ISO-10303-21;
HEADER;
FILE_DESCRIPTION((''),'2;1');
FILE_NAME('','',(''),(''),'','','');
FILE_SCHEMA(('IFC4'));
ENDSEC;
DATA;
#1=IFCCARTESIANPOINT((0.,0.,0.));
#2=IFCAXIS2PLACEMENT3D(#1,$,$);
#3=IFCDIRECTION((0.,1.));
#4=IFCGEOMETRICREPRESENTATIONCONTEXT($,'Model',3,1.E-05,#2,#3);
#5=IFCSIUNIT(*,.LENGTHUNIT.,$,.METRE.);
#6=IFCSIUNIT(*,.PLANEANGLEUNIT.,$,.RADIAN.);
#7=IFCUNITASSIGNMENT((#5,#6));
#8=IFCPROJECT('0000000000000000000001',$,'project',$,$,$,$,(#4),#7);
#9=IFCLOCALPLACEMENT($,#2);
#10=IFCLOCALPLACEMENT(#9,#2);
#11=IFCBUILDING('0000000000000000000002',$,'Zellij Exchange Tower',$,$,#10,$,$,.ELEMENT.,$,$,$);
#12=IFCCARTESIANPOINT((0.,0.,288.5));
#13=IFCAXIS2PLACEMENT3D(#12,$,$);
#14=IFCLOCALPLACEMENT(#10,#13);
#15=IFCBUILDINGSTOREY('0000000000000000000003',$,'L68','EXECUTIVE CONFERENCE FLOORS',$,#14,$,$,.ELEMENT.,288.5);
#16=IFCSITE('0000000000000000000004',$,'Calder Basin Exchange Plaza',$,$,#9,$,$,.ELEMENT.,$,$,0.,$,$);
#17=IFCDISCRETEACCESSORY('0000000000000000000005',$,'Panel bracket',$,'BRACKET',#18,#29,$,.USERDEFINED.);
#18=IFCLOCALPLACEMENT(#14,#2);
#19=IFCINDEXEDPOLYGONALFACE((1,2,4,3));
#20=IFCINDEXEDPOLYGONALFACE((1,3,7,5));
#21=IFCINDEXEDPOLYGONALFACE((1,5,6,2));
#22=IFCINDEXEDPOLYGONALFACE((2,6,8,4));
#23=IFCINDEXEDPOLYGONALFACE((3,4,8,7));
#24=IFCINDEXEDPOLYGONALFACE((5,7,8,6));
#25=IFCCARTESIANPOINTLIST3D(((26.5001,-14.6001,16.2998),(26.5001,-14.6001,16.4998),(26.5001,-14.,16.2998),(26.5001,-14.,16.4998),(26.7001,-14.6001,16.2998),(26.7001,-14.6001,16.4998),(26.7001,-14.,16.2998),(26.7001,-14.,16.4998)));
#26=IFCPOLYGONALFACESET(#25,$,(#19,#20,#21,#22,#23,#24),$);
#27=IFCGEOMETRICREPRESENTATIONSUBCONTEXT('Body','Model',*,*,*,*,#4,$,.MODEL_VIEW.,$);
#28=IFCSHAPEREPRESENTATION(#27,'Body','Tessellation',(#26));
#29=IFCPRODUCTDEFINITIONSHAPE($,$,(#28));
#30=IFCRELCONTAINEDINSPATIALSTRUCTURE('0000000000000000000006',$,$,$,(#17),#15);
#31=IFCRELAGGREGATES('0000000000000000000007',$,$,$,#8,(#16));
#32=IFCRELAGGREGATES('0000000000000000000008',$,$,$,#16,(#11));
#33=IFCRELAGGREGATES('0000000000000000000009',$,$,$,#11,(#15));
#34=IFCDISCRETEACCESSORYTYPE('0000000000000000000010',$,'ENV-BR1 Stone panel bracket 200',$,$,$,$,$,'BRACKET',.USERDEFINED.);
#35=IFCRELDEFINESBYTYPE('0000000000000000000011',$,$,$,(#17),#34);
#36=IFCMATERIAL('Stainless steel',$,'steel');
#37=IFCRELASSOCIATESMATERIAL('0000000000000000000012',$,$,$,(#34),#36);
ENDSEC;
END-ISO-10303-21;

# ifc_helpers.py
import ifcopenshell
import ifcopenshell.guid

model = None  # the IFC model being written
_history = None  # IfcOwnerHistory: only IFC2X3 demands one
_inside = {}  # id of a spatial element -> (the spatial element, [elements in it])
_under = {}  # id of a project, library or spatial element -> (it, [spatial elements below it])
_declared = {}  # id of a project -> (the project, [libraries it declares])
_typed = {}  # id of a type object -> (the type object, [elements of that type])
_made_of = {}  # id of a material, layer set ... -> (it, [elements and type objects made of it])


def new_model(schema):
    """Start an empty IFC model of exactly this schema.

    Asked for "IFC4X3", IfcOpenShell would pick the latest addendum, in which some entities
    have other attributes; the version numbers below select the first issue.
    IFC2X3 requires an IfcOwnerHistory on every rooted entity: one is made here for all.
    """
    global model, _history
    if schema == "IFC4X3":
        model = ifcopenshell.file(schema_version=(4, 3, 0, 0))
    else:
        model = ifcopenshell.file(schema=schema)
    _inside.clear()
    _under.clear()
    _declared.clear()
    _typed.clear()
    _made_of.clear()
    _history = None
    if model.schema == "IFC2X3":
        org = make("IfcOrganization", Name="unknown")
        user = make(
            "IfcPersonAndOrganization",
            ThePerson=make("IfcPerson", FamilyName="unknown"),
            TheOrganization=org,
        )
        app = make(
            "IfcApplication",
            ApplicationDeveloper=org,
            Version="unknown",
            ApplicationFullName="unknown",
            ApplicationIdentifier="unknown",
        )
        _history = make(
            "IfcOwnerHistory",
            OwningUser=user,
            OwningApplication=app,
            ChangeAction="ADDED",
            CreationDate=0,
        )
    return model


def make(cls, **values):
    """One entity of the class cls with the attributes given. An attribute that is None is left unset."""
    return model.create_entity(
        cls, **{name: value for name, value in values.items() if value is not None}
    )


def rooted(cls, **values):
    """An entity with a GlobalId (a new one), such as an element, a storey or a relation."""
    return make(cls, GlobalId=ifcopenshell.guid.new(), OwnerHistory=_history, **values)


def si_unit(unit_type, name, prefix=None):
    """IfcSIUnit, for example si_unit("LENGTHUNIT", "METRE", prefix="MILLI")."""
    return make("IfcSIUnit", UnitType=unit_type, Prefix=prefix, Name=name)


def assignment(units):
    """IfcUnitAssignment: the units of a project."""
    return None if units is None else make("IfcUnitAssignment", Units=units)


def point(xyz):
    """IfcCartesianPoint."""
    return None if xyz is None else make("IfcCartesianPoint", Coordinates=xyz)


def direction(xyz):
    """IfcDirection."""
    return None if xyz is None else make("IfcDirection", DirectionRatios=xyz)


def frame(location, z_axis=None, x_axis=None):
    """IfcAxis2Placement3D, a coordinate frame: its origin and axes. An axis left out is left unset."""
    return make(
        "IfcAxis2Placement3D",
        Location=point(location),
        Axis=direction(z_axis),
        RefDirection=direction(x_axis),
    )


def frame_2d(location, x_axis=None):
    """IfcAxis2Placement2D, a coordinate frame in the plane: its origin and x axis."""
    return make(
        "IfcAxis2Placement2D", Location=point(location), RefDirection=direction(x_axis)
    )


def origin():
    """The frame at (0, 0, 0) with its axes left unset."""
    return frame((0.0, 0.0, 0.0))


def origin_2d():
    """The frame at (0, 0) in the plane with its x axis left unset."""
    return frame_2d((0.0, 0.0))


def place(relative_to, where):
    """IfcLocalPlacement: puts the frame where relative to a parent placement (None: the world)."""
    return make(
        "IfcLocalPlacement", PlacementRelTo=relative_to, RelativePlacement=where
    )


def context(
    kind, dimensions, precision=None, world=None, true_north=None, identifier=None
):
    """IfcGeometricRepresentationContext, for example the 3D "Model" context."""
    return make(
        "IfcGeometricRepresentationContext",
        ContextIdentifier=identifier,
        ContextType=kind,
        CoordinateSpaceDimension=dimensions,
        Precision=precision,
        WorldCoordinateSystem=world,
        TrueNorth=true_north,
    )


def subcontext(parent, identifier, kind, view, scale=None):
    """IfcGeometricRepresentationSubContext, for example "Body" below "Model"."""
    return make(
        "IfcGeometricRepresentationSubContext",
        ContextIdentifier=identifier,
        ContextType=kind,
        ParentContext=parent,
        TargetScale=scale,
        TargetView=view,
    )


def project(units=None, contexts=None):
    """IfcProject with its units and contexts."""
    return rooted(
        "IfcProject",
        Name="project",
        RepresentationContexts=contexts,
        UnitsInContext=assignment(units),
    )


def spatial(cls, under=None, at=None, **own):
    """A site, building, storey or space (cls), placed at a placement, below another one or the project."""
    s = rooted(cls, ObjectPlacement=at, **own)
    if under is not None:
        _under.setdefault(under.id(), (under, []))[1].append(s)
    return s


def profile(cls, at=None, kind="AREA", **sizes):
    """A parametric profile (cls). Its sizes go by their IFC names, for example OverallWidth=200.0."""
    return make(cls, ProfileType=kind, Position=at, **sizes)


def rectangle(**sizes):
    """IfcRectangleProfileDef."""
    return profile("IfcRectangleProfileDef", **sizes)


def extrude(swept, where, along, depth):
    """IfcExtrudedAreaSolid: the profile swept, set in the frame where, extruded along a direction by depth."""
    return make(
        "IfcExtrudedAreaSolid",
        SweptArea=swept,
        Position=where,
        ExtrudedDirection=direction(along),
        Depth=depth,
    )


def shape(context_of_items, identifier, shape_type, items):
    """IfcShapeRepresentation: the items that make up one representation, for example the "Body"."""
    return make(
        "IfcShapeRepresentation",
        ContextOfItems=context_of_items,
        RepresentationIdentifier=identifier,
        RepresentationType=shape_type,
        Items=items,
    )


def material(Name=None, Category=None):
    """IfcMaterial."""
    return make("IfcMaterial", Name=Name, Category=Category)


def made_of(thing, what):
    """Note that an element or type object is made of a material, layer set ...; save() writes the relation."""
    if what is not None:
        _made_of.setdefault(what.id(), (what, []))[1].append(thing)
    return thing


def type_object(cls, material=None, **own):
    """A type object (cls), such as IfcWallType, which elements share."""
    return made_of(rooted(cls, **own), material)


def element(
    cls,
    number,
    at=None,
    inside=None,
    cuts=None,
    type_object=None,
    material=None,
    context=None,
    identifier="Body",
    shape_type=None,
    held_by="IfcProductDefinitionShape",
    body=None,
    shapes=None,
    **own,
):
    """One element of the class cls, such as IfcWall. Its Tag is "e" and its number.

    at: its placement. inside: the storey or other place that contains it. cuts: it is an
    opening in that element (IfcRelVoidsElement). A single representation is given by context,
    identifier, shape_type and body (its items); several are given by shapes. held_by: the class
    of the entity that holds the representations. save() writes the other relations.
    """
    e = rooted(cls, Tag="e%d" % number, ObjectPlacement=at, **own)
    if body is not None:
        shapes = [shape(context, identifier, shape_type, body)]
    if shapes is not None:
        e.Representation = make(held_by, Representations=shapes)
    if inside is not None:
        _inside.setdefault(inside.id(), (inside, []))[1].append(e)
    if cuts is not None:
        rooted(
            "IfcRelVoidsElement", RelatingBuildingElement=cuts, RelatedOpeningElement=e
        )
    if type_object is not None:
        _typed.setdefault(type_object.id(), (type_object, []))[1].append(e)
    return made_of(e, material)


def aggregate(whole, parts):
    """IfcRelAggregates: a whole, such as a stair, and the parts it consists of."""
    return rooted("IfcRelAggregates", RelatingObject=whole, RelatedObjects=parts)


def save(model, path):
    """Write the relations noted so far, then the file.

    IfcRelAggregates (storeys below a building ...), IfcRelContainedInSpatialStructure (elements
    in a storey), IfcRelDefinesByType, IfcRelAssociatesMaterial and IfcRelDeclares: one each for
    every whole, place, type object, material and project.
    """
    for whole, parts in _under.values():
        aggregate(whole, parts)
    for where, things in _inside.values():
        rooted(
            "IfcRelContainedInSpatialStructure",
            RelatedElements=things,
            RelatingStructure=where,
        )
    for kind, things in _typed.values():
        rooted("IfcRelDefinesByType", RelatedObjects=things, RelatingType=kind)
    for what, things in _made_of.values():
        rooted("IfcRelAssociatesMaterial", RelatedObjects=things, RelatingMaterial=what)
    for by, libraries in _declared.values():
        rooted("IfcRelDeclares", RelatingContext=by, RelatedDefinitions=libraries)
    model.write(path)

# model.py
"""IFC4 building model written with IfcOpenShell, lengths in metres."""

from ifc_helpers import new_model, si_unit, direction, frame, origin, origin_2d, place, context, subcontext, project, spatial, rectangle, extrude, material, type_object, element, save


model = new_model("IFC4")

# Units and contexts
model_context = context("Model", 3, precision=1e-05, world=origin(), true_north=direction((0.0, 1.0)))
body_context = subcontext(model_context, "Body", "Model", "MODEL_VIEW")
ifc_project = project(units=[si_unit("LENGTHUNIT", "METRE"), si_unit("PLANEANGLEUNIT", "RADIAN")], contexts=[model_context])

# Site, building, storey
site_placement = place(None, origin())
site = spatial("IfcSite", under=ifc_project, at=site_placement, Name="Calder Basin Exchange Plaza", CompositionType="ELEMENT", RefElevation=0.0)
building_placement = place(site_placement, origin())
building = spatial("IfcBuilding", under=site, at=building_placement, Name="Zellij Exchange Tower", CompositionType="ELEMENT")
storey_placement = place(building_placement, frame((0.0, 0.0, 288.5)))
storey = spatial("IfcBuildingStorey", under=building, at=storey_placement, Name="L68", Description="EXECUTIVE CONFERENCE FLOORS", CompositionType="ELEMENT", Elevation=288.5)

# Discrete accessory
ifc_material_1 = material(Name="Stainless steel", Category="steel")
discrete_accessory_type = type_object("IfcDiscreteAccessoryType", Name="ENV-BR1 Stone panel bracket 200", ElementType="BRACKET", PredefinedType="USERDEFINED", material=ifc_material_1)
for number, where, z_axis, x_axis, name in (
    (1, (26.6001, -14.3, 16.2998), (0.0, 0.0, 1.0), (1.0, 0.0, 0.0), "Panel bracket"),
):
    element("IfcDiscreteAccessory", number, at=place(storey_placement, frame(where, z_axis=z_axis, x_axis=x_axis)), inside=storey, type_object=discrete_accessory_type, Name=name, ObjectType="BRACKET", PredefinedType="USERDEFINED", context=body_context, shape_type="SweptSolid", body=[
        extrude(rectangle(XDim=0.2, YDim=0.6001, at=origin_2d()), origin(), (0.0, 0.0, 1.0), 0.2),
    ])

save(model, "model.ifc")
